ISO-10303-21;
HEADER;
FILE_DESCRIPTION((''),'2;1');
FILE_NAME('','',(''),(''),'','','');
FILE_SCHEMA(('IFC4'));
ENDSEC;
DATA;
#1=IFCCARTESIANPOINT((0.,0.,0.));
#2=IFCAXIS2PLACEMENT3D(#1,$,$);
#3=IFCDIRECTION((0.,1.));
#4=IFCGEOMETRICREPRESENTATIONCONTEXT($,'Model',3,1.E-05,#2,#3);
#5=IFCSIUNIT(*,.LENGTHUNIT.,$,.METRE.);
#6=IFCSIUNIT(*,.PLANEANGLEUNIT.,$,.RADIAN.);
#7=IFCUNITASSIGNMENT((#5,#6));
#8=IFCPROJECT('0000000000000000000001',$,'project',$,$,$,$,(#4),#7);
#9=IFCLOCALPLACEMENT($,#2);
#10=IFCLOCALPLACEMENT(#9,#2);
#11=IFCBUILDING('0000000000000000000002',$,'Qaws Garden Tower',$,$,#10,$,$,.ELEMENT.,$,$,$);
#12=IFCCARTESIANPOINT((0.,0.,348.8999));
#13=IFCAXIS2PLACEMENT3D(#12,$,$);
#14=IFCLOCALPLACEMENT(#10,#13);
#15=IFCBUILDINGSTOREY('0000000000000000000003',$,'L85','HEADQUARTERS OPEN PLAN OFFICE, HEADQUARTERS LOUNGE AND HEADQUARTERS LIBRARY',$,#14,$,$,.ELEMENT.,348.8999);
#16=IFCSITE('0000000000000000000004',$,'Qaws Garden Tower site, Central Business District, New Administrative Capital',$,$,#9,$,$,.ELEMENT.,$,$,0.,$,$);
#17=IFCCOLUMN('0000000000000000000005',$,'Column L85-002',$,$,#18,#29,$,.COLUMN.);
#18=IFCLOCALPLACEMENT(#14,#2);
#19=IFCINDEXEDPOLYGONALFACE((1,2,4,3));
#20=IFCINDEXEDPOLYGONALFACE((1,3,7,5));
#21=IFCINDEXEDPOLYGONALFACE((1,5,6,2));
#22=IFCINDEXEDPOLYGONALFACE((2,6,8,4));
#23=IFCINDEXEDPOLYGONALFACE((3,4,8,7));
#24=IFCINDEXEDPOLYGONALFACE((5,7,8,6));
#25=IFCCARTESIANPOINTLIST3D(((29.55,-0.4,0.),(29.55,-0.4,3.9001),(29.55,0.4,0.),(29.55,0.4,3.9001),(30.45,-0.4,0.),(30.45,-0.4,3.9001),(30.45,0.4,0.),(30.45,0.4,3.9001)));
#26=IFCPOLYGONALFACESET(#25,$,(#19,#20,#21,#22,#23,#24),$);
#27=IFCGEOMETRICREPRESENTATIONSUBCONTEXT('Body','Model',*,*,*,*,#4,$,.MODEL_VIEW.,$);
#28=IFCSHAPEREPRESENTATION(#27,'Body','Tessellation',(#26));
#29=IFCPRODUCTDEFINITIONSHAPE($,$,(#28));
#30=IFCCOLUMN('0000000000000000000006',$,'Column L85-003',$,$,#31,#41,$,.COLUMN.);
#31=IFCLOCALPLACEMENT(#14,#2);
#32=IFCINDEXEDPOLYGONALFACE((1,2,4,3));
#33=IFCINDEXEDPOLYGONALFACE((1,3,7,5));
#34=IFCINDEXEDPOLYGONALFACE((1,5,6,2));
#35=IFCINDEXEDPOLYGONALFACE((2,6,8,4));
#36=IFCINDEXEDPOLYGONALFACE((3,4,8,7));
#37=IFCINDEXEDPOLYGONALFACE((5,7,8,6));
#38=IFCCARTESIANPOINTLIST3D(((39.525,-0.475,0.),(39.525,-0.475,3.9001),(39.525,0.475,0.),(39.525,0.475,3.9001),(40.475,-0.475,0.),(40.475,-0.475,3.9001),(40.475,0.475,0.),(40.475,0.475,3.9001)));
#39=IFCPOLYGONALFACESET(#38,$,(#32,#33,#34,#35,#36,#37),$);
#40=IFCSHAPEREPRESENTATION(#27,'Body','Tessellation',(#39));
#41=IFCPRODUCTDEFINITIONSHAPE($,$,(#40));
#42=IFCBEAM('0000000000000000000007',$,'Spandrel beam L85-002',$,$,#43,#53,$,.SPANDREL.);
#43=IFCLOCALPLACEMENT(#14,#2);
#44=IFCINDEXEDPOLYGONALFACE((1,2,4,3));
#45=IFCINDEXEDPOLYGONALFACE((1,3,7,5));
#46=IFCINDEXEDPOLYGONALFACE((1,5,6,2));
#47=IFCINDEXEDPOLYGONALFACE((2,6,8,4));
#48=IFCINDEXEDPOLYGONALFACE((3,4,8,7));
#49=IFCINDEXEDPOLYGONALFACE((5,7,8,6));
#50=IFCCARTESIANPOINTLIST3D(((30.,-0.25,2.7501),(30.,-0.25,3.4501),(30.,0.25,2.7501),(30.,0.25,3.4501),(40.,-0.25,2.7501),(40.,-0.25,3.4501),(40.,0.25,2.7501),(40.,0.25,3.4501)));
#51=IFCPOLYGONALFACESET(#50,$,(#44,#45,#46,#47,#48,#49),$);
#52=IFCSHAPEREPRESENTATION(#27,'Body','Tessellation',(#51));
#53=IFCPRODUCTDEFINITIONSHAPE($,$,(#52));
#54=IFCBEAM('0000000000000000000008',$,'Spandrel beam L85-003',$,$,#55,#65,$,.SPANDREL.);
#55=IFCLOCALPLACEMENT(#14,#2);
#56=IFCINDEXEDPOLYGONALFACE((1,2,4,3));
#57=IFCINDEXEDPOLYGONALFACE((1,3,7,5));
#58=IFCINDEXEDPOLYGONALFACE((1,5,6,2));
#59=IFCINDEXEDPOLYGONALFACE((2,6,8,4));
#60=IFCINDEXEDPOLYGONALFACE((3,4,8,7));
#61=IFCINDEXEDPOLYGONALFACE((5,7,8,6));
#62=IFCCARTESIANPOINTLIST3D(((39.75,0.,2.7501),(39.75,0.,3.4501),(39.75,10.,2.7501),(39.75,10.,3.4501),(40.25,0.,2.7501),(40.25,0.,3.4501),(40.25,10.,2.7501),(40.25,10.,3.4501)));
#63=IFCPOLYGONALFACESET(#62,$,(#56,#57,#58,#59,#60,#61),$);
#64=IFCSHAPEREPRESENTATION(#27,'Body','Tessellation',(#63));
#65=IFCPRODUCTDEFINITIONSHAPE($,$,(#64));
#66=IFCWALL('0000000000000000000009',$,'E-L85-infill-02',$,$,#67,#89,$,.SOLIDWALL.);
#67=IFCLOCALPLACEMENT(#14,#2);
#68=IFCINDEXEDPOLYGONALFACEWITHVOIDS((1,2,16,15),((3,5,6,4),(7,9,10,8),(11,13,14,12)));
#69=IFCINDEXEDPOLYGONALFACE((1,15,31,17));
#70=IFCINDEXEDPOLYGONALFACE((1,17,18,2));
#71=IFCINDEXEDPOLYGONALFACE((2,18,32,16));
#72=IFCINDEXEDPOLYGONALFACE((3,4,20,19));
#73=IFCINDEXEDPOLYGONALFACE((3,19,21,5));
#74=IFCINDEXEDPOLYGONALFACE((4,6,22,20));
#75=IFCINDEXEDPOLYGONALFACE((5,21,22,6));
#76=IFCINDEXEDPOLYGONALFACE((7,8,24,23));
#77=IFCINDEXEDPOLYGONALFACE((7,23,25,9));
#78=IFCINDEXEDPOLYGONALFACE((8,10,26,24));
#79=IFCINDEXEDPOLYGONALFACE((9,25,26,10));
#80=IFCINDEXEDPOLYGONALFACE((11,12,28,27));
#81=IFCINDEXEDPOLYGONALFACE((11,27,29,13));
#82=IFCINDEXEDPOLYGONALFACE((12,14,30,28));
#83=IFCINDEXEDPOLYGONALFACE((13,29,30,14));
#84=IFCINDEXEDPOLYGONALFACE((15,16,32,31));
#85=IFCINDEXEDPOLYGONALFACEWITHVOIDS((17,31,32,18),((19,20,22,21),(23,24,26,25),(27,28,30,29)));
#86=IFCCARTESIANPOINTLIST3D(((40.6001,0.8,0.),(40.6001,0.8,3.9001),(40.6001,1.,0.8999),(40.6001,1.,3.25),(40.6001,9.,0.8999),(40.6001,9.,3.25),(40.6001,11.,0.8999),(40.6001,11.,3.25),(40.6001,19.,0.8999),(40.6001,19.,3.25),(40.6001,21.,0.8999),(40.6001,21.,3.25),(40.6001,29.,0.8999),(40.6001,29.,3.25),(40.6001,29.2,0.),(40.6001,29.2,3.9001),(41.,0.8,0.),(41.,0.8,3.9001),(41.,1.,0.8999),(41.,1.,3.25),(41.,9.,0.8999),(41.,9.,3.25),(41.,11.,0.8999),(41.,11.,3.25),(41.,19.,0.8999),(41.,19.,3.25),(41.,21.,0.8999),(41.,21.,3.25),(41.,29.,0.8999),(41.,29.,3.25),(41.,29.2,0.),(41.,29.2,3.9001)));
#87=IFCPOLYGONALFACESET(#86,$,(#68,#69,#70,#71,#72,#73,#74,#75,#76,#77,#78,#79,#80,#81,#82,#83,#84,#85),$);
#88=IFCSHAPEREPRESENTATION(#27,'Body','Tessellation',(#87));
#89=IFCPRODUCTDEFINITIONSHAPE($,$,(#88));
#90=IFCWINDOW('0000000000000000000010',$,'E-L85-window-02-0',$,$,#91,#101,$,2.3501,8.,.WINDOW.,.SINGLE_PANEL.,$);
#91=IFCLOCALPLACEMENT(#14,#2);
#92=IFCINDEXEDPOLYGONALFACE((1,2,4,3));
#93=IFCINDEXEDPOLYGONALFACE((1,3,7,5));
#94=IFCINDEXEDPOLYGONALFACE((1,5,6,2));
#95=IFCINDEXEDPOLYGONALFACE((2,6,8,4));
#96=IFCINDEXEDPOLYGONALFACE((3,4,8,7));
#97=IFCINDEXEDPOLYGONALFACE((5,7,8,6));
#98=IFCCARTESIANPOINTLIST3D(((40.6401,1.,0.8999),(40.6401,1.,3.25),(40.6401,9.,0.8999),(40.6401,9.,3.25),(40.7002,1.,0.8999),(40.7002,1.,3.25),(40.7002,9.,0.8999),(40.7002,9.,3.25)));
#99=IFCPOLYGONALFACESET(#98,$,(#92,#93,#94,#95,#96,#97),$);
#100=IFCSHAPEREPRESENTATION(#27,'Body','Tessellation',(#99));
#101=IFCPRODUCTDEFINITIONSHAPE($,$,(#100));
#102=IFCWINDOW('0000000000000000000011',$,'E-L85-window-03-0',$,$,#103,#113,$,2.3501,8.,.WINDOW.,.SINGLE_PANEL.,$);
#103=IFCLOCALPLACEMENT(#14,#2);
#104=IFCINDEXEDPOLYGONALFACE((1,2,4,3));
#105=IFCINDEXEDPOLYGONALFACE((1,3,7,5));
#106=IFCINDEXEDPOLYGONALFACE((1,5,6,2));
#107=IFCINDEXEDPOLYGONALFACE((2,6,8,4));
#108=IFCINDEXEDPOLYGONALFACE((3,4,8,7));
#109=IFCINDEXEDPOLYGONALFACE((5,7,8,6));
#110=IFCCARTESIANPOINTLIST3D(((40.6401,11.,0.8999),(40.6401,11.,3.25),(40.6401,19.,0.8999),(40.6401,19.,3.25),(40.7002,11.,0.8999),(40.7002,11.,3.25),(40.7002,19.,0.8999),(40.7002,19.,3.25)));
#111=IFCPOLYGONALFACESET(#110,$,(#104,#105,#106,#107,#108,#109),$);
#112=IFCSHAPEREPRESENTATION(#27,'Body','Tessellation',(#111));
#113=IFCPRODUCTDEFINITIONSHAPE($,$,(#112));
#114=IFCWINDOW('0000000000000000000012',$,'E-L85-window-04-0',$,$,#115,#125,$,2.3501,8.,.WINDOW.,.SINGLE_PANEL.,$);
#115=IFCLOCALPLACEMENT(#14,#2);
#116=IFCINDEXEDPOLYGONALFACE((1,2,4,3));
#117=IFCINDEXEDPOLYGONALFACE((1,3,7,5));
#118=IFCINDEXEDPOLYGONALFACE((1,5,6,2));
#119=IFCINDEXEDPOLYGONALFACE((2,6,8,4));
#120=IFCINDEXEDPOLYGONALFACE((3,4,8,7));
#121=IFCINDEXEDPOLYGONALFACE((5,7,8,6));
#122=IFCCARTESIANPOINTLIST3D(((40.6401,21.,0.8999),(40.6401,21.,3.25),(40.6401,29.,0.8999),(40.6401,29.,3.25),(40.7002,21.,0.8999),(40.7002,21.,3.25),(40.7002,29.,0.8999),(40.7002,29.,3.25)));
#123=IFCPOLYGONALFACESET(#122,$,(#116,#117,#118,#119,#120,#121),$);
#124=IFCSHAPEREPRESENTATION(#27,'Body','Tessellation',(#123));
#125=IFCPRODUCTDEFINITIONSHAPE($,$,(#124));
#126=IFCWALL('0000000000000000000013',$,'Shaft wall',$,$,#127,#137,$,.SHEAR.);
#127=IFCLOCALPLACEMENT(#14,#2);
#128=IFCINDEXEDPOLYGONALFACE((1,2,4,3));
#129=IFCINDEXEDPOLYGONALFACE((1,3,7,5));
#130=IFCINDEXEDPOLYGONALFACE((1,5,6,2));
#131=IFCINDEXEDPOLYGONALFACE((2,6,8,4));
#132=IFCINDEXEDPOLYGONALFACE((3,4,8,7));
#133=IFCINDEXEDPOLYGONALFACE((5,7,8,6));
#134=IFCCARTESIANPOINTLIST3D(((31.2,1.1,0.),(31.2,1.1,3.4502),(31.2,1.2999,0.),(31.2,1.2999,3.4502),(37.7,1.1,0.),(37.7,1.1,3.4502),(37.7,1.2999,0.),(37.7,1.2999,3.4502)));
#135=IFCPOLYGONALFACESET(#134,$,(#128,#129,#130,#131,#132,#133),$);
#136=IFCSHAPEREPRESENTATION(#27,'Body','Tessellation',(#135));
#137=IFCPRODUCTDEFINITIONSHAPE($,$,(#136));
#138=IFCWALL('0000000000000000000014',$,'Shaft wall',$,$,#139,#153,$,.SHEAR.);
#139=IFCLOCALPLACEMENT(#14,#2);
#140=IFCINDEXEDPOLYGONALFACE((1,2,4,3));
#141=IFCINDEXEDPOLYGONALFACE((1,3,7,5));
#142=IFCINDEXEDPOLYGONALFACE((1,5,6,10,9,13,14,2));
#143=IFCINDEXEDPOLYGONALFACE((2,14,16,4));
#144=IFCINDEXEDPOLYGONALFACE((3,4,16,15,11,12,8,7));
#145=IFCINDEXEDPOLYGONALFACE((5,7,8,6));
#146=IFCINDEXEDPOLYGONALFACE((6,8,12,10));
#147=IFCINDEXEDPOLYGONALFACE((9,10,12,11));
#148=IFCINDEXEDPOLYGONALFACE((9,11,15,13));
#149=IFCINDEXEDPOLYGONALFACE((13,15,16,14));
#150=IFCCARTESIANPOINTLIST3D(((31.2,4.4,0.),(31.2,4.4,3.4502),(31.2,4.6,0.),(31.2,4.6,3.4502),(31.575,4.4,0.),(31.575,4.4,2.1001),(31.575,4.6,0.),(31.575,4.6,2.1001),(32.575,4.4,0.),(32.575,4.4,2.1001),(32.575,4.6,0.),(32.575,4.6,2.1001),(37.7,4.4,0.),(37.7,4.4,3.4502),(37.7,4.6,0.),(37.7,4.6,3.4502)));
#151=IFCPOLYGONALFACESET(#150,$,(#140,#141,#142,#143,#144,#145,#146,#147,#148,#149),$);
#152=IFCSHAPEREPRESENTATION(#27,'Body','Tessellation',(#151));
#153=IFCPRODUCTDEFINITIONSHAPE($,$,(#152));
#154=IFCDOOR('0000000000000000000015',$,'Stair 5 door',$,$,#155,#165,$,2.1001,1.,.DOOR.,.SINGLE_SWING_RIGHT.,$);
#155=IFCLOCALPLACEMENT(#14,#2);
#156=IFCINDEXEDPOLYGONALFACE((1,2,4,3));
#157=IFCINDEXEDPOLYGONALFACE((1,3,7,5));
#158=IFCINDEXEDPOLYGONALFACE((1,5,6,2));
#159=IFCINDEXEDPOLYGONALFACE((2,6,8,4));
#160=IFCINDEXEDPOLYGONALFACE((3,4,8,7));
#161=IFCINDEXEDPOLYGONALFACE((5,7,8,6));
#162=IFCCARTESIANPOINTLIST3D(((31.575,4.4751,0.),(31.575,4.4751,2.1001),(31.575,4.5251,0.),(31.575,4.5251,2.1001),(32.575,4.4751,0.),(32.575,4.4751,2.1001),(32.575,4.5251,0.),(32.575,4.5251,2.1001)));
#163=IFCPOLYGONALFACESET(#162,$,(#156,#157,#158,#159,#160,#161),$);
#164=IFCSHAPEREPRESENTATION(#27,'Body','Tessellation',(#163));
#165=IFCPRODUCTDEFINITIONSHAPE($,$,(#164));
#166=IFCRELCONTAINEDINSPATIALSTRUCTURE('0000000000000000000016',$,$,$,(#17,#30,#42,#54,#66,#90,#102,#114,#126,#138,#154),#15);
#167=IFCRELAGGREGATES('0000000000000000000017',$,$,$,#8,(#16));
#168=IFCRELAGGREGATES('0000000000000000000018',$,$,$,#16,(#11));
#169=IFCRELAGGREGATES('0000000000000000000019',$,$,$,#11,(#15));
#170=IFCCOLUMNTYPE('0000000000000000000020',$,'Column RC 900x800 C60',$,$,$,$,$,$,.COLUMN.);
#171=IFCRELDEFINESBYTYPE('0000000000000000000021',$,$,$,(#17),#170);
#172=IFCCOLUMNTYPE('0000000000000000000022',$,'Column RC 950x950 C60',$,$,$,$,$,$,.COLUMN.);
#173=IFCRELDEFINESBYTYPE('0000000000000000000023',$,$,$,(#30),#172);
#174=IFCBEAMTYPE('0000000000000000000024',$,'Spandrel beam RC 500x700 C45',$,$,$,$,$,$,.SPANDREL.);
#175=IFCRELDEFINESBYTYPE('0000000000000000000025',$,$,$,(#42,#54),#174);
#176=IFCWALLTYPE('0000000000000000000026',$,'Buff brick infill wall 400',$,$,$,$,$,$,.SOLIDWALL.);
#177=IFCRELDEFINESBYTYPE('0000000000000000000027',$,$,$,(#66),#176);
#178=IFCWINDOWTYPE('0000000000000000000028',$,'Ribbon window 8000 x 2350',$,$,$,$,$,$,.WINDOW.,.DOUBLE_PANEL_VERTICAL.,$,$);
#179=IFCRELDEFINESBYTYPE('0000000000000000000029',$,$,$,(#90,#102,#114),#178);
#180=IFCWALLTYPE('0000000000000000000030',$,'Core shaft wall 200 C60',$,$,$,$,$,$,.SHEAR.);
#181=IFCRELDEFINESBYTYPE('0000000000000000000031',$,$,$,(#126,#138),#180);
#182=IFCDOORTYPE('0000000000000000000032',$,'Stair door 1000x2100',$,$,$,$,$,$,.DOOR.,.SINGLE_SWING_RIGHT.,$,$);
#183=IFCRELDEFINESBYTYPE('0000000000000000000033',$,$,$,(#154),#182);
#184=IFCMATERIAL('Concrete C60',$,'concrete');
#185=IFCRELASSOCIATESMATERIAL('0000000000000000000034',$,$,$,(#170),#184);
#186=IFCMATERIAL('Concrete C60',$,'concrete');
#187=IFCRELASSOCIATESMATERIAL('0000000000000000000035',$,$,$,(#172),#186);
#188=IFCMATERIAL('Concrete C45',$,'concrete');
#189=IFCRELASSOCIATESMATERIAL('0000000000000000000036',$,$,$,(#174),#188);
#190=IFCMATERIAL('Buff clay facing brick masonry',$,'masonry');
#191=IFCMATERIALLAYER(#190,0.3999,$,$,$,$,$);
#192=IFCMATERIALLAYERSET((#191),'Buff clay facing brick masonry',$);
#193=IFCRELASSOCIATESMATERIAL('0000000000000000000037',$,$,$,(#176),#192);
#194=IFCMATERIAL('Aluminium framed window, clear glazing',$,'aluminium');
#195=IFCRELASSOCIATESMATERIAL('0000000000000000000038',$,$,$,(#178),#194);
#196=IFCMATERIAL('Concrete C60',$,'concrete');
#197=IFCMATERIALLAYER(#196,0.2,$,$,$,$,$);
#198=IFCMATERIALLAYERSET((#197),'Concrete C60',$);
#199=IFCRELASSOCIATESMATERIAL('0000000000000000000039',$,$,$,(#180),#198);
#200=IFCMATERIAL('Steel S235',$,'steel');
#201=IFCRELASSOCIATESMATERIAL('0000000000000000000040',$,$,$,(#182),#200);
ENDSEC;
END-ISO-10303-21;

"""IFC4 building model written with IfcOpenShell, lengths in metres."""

from ifc_helpers import new_model, si_unit, direction, frame, frame_2d, origin, origin_2d, place, context, subcontext, project, spatial, rectangle, extrude, material, layer, layer_set, material_profile, profile_set, type_object, element, fill, save


model = new_model("IFC4")

# Units and contexts
model_context = context("Model", 3, precision=1e-05, world=origin(), true_north=direction((0.0, 1.0)))
body_context = subcontext(model_context, "Body", "Model", "MODEL_VIEW")
ifc_project = project(units=[si_unit("LENGTHUNIT", "METRE"), si_unit("PLANEANGLEUNIT", "RADIAN")], contexts=[model_context])

# Site, building, storey
site_placement = place(None, origin())
site = spatial("IfcSite", under=ifc_project, at=site_placement, Name="Qaws Garden Tower site, Central Business District, New Administrative Capital", CompositionType="ELEMENT", RefElevation=0.0)
building_placement = place(site_placement, origin())
building = spatial("IfcBuilding", under=site, at=building_placement, Name="Qaws Garden Tower", CompositionType="ELEMENT")
storey_placement = place(building_placement, frame((0.0, 0.0, 348.8999)))
storey = spatial("IfcBuildingStorey", under=building, at=storey_placement, Name="L85", Description="HEADQUARTERS OPEN PLAN OFFICE, HEADQUARTERS LOUNGE AND HEADQUARTERS LIBRARY", CompositionType="ELEMENT", Elevation=348.8999)

# Columns
ifc_material_1 = material(Name="Concrete C60", Category="concrete")
ifc_material_profile_1 = material_profile(ifc_material_1, rectangle(XDim=0.8999, YDim=0.8, at=origin_2d()), Name="RC 900x800")
ifc_profile_set_1 = profile_set([ifc_material_profile_1], Name="Concrete C60")
column_type_1 = type_object("IfcColumnType", Name="Column RC 900x800 C60", PredefinedType="COLUMN", material=ifc_profile_set_1)
column_1_placement = place(storey_placement, frame((30.0, 0.0, 0.0), z_axis=(0.0, 0.0, 1.0), x_axis=(1.0, 0.0, 0.0)))
element("IfcColumn", 1, at=column_1_placement, inside=storey, type_object=column_type_1, Name="Column L85-002", PredefinedType="COLUMN", context=body_context, shape_type="SweptSolid", body=[
    extrude(rectangle(XDim=0.8999, YDim=0.8, at=origin_2d()), origin(), (0.0, 0.0, 1.0), 3.9001),
])
ifc_material_2 = material(Name="Concrete C60", Category="concrete")
ifc_material_profile_2 = material_profile(ifc_material_2, rectangle(XDim=0.95, YDim=0.95, at=origin_2d()), Name="RC 950x950")
ifc_profile_set_2 = profile_set([ifc_material_profile_2], Name="Concrete C60")
column_type_2 = type_object("IfcColumnType", Name="Column RC 950x950 C60", PredefinedType="COLUMN", material=ifc_profile_set_2)
column_2_placement = place(storey_placement, frame((40.0, 0.0, 0.0), z_axis=(0.0, 0.0, 1.0), x_axis=(1.0, 0.0, 0.0)))
element("IfcColumn", 2, at=column_2_placement, inside=storey, type_object=column_type_2, Name="Column L85-003", PredefinedType="COLUMN", context=body_context, shape_type="SweptSolid", body=[
    extrude(rectangle(XDim=0.95, YDim=0.95, at=origin_2d()), origin(), (0.0, 0.0, 1.0), 3.9001),
])

# Beams
ifc_material_3 = material(Name="Concrete C45", Category="concrete")
ifc_material_profile_3 = material_profile(ifc_material_3, rectangle(XDim=0.5, YDim=0.7, at=origin_2d()), Name="RC 500x700")
ifc_profile_set_3 = profile_set([ifc_material_profile_3], Name="Concrete C45")
beam_type = type_object("IfcBeamType", Name="Spandrel beam RC 500x700 C45", PredefinedType="SPANDREL", material=ifc_profile_set_3)
for number, where, z_axis, x_axis, name in (
    (3, (30.0, 0.0, 3.1001), (1.0, 0.0, 0.0), (0.0, 1.0, 0.0), "Spandrel beam L85-002"),
    (4, (40.0, 0.0, 3.1001), (0.0, 1.0, 0.0), (-1.0, 0.0, 0.0), "Spandrel beam L85-003"),
):
    element("IfcBeam", number, at=place(storey_placement, frame(where, z_axis=z_axis, x_axis=x_axis)), inside=storey, type_object=beam_type, Name=name, PredefinedType="SPANDREL", context=body_context, shape_type="SweptSolid", body=[
        extrude(rectangle(XDim=0.5, YDim=0.7, at=origin_2d()), origin(), (0.0, 0.0, 1.0), 10.0),
    ])

# Wall, openings, windows
ifc_material_4 = material(Name="Buff clay facing brick masonry", Category="masonry")
ifc_layer_1 = layer(ifc_material_4, 0.3999)
ifc_layer_set_1 = layer_set([ifc_layer_1], Name="Buff clay facing brick masonry")
wall_type_1 = type_object("IfcWallType", Name="Buff brick infill wall 400", PredefinedType="SOLIDWALL", material=ifc_layer_set_1)
wall_1_placement = place(storey_placement, frame((40.8, 0.8, 0.0), z_axis=(0.0, 0.0, 1.0), x_axis=(0.0, 1.0, 0.0)))
wall_1 = element("IfcWall", 5, at=wall_1_placement, inside=storey, type_object=wall_type_1, Name="E-L85-infill-02", PredefinedType="SOLIDWALL", context=body_context, shape_type="SweptSolid", body=[
    extrude(rectangle(XDim=28.3999, YDim=0.3999, at=frame_2d((14.2, 0.0))), origin(), (0.0, 0.0, 1.0), 3.9001),
])
opening_1_placement = place(wall_1_placement, frame((0.2, 0.0, 0.8999)))
opening_1 = element("IfcOpeningElement", 6, at=opening_1_placement, cuts=wall_1, PredefinedType="OPENING", context=body_context, shape_type="SweptSolid", body=[
    extrude(rectangle(XDim=8.0, YDim=2.3501, at=frame_2d((4.0, 1.175))), frame((0.0, 0.21, 0.0), z_axis=(0.0, -1.0, 0.0), x_axis=(1.0, 0.0, 0.0)), (0.0, 0.0, 1.0), 0.4199),
])
opening_2_placement = place(wall_1_placement, frame((10.2, 0.0, 0.8999)))
opening_2 = element("IfcOpeningElement", 7, at=opening_2_placement, cuts=wall_1, PredefinedType="OPENING", context=body_context, shape_type="SweptSolid", body=[
    extrude(rectangle(XDim=8.0, YDim=2.3501, at=frame_2d((4.0, 1.175))), frame((0.0, 0.21, 0.0), z_axis=(0.0, -1.0, 0.0), x_axis=(1.0, 0.0, 0.0)), (0.0, 0.0, 1.0), 0.4199),
])
opening_3_placement = place(wall_1_placement, frame((20.2, 0.0, 0.8999)))
opening_3 = element("IfcOpeningElement", 8, at=opening_3_placement, cuts=wall_1, PredefinedType="OPENING", context=body_context, shape_type="SweptSolid", body=[
    extrude(rectangle(XDim=8.0, YDim=2.3501, at=frame_2d((4.0, 1.175))), frame((0.0, 0.21, 0.0), z_axis=(0.0, -1.0, 0.0), x_axis=(1.0, 0.0, 0.0)), (0.0, 0.0, 1.0), 0.4199),
])
ifc_material_5 = material(Name="Aluminium framed window, clear glazing", Category="aluminium")
window_type = type_object("IfcWindowType", Name="Ribbon window 8000 x 2350", PartitioningType="DOUBLE_PANEL_VERTICAL", PredefinedType="WINDOW", material=ifc_material_5)
window_1_placement = place(opening_1_placement, origin())
window_1 = element("IfcWindow", 9, at=window_1_placement, inside=storey, type_object=window_type, Name="E-L85-window-02-0", OverallHeight=2.3501, OverallWidth=8.0, PartitioningType="SINGLE_PANEL", PredefinedType="WINDOW", context=body_context, shape_type="SweptSolid", body=[
    extrude(rectangle(XDim=8.0, YDim=2.3501, at=frame_2d((4.0, 1.175))), frame((0.0, 0.1599, 0.0), z_axis=(0.0, -1.0, 0.0), x_axis=(1.0, 0.0, 0.0)), (0.0, 0.0, 1.0), 0.0601),
])
fill(opening_1, window_1)
window_2_placement = place(opening_2_placement, origin())
window_2 = element("IfcWindow", 10, at=window_2_placement, inside=storey, type_object=window_type, Name="E-L85-window-03-0", OverallHeight=2.3501, OverallWidth=8.0, PartitioningType="SINGLE_PANEL", PredefinedType="WINDOW", context=body_context, shape_type="SweptSolid", body=[
    extrude(rectangle(XDim=8.0, YDim=2.3501, at=frame_2d((4.0, 1.175))), frame((0.0, 0.1599, 0.0), z_axis=(0.0, -1.0, 0.0), x_axis=(1.0, 0.0, 0.0)), (0.0, 0.0, 1.0), 0.0601),
])
fill(opening_2, window_2)
window_3_placement = place(opening_3_placement, origin())
window_3 = element("IfcWindow", 11, at=window_3_placement, inside=storey, type_object=window_type, Name="E-L85-window-04-0", OverallHeight=2.3501, OverallWidth=8.0, PartitioningType="SINGLE_PANEL", PredefinedType="WINDOW", context=body_context, shape_type="SweptSolid", body=[
    extrude(rectangle(XDim=8.0, YDim=2.3501, at=frame_2d((4.0, 1.175))), frame((0.0, 0.1599, 0.0), z_axis=(0.0, -1.0, 0.0), x_axis=(1.0, 0.0, 0.0)), (0.0, 0.0, 1.0), 0.0601),
])
fill(opening_3, window_3)

# Wall
ifc_material_6 = material(Name="Concrete C60", Category="concrete")
ifc_layer_2 = layer(ifc_material_6, 0.2)
ifc_layer_set_2 = layer_set([ifc_layer_2], Name="Concrete C60")
wall_type_2 = type_object("IfcWallType", Name="Core shaft wall 200 C60", PredefinedType="SHEAR", material=ifc_layer_set_2)
wall_2_placement = place(storey_placement, frame((31.2, 1.2, 0.0), z_axis=(0.0, 0.0, 1.0), x_axis=(1.0, 0.0, 0.0)))
element("IfcWall", 12, at=wall_2_placement, inside=storey, type_object=wall_type_2, Name="Shaft wall", PredefinedType="SHEAR", context=body_context, shape_type="SweptSolid", body=[
    extrude(rectangle(XDim=6.5, YDim=0.2, at=frame_2d((3.25, 0.0))), origin(), (0.0, 0.0, 1.0), 3.4502),
])

# Wall, opening, door
wall_3_placement = place(storey_placement, frame((31.2, 4.5, 0.0), z_axis=(0.0, 0.0, 1.0), x_axis=(1.0, 0.0, 0.0)))
wall_3 = element("IfcWall", 13, at=wall_3_placement, inside=storey, type_object=wall_type_2, Name="Shaft wall", PredefinedType="SHEAR", context=body_context, shape_type="SweptSolid", body=[
    extrude(rectangle(XDim=6.5, YDim=0.2, at=frame_2d((3.25, 0.0))), origin(), (0.0, 0.0, 1.0), 3.4502),
])
opening_4_placement = place(wall_3_placement, frame((0.375, 0.0, 0.0)))
opening_4 = element("IfcOpeningElement", 14, at=opening_4_placement, cuts=wall_3, PredefinedType="OPENING", context=body_context, shape_type="SweptSolid", body=[
    extrude(rectangle(XDim=1.0, YDim=2.1001, at=frame_2d((0.5, 1.05))), frame((0.0, 0.1099, 0.0), z_axis=(0.0, -1.0, 0.0), x_axis=(1.0, 0.0, 0.0)), (0.0, 0.0, 1.0), 0.22),
])
ifc_material_7 = material(Name="Steel S235", Category="steel")
door_type = type_object("IfcDoorType", Name="Stair door 1000x2100", OperationType="SINGLE_SWING_RIGHT", PredefinedType="DOOR", material=ifc_material_7)
door_placement = place(opening_4_placement, frame((1.0, 0.0, 0.0), z_axis=(0.0, 0.0, 1.0), x_axis=(-1.0, 0.0, 0.0)))
door = element("IfcDoor", 15, at=door_placement, inside=storey, type_object=door_type, Name="Stair 5 door", OperationType="SINGLE_SWING_RIGHT", OverallHeight=2.1001, OverallWidth=1.0, PredefinedType="DOOR", context=body_context, shape_type="SweptSolid", body=[
    extrude(rectangle(XDim=1.0, YDim=2.1001, at=frame_2d((0.5, 1.05))), frame((0.0, 0.0249, 0.0), z_axis=(0.0, -1.0, 0.0), x_axis=(1.0, 0.0, 0.0)), (0.0, 0.0, 1.0), 0.05),
])
fill(opening_4, door)

save(model, "model.ifc")
